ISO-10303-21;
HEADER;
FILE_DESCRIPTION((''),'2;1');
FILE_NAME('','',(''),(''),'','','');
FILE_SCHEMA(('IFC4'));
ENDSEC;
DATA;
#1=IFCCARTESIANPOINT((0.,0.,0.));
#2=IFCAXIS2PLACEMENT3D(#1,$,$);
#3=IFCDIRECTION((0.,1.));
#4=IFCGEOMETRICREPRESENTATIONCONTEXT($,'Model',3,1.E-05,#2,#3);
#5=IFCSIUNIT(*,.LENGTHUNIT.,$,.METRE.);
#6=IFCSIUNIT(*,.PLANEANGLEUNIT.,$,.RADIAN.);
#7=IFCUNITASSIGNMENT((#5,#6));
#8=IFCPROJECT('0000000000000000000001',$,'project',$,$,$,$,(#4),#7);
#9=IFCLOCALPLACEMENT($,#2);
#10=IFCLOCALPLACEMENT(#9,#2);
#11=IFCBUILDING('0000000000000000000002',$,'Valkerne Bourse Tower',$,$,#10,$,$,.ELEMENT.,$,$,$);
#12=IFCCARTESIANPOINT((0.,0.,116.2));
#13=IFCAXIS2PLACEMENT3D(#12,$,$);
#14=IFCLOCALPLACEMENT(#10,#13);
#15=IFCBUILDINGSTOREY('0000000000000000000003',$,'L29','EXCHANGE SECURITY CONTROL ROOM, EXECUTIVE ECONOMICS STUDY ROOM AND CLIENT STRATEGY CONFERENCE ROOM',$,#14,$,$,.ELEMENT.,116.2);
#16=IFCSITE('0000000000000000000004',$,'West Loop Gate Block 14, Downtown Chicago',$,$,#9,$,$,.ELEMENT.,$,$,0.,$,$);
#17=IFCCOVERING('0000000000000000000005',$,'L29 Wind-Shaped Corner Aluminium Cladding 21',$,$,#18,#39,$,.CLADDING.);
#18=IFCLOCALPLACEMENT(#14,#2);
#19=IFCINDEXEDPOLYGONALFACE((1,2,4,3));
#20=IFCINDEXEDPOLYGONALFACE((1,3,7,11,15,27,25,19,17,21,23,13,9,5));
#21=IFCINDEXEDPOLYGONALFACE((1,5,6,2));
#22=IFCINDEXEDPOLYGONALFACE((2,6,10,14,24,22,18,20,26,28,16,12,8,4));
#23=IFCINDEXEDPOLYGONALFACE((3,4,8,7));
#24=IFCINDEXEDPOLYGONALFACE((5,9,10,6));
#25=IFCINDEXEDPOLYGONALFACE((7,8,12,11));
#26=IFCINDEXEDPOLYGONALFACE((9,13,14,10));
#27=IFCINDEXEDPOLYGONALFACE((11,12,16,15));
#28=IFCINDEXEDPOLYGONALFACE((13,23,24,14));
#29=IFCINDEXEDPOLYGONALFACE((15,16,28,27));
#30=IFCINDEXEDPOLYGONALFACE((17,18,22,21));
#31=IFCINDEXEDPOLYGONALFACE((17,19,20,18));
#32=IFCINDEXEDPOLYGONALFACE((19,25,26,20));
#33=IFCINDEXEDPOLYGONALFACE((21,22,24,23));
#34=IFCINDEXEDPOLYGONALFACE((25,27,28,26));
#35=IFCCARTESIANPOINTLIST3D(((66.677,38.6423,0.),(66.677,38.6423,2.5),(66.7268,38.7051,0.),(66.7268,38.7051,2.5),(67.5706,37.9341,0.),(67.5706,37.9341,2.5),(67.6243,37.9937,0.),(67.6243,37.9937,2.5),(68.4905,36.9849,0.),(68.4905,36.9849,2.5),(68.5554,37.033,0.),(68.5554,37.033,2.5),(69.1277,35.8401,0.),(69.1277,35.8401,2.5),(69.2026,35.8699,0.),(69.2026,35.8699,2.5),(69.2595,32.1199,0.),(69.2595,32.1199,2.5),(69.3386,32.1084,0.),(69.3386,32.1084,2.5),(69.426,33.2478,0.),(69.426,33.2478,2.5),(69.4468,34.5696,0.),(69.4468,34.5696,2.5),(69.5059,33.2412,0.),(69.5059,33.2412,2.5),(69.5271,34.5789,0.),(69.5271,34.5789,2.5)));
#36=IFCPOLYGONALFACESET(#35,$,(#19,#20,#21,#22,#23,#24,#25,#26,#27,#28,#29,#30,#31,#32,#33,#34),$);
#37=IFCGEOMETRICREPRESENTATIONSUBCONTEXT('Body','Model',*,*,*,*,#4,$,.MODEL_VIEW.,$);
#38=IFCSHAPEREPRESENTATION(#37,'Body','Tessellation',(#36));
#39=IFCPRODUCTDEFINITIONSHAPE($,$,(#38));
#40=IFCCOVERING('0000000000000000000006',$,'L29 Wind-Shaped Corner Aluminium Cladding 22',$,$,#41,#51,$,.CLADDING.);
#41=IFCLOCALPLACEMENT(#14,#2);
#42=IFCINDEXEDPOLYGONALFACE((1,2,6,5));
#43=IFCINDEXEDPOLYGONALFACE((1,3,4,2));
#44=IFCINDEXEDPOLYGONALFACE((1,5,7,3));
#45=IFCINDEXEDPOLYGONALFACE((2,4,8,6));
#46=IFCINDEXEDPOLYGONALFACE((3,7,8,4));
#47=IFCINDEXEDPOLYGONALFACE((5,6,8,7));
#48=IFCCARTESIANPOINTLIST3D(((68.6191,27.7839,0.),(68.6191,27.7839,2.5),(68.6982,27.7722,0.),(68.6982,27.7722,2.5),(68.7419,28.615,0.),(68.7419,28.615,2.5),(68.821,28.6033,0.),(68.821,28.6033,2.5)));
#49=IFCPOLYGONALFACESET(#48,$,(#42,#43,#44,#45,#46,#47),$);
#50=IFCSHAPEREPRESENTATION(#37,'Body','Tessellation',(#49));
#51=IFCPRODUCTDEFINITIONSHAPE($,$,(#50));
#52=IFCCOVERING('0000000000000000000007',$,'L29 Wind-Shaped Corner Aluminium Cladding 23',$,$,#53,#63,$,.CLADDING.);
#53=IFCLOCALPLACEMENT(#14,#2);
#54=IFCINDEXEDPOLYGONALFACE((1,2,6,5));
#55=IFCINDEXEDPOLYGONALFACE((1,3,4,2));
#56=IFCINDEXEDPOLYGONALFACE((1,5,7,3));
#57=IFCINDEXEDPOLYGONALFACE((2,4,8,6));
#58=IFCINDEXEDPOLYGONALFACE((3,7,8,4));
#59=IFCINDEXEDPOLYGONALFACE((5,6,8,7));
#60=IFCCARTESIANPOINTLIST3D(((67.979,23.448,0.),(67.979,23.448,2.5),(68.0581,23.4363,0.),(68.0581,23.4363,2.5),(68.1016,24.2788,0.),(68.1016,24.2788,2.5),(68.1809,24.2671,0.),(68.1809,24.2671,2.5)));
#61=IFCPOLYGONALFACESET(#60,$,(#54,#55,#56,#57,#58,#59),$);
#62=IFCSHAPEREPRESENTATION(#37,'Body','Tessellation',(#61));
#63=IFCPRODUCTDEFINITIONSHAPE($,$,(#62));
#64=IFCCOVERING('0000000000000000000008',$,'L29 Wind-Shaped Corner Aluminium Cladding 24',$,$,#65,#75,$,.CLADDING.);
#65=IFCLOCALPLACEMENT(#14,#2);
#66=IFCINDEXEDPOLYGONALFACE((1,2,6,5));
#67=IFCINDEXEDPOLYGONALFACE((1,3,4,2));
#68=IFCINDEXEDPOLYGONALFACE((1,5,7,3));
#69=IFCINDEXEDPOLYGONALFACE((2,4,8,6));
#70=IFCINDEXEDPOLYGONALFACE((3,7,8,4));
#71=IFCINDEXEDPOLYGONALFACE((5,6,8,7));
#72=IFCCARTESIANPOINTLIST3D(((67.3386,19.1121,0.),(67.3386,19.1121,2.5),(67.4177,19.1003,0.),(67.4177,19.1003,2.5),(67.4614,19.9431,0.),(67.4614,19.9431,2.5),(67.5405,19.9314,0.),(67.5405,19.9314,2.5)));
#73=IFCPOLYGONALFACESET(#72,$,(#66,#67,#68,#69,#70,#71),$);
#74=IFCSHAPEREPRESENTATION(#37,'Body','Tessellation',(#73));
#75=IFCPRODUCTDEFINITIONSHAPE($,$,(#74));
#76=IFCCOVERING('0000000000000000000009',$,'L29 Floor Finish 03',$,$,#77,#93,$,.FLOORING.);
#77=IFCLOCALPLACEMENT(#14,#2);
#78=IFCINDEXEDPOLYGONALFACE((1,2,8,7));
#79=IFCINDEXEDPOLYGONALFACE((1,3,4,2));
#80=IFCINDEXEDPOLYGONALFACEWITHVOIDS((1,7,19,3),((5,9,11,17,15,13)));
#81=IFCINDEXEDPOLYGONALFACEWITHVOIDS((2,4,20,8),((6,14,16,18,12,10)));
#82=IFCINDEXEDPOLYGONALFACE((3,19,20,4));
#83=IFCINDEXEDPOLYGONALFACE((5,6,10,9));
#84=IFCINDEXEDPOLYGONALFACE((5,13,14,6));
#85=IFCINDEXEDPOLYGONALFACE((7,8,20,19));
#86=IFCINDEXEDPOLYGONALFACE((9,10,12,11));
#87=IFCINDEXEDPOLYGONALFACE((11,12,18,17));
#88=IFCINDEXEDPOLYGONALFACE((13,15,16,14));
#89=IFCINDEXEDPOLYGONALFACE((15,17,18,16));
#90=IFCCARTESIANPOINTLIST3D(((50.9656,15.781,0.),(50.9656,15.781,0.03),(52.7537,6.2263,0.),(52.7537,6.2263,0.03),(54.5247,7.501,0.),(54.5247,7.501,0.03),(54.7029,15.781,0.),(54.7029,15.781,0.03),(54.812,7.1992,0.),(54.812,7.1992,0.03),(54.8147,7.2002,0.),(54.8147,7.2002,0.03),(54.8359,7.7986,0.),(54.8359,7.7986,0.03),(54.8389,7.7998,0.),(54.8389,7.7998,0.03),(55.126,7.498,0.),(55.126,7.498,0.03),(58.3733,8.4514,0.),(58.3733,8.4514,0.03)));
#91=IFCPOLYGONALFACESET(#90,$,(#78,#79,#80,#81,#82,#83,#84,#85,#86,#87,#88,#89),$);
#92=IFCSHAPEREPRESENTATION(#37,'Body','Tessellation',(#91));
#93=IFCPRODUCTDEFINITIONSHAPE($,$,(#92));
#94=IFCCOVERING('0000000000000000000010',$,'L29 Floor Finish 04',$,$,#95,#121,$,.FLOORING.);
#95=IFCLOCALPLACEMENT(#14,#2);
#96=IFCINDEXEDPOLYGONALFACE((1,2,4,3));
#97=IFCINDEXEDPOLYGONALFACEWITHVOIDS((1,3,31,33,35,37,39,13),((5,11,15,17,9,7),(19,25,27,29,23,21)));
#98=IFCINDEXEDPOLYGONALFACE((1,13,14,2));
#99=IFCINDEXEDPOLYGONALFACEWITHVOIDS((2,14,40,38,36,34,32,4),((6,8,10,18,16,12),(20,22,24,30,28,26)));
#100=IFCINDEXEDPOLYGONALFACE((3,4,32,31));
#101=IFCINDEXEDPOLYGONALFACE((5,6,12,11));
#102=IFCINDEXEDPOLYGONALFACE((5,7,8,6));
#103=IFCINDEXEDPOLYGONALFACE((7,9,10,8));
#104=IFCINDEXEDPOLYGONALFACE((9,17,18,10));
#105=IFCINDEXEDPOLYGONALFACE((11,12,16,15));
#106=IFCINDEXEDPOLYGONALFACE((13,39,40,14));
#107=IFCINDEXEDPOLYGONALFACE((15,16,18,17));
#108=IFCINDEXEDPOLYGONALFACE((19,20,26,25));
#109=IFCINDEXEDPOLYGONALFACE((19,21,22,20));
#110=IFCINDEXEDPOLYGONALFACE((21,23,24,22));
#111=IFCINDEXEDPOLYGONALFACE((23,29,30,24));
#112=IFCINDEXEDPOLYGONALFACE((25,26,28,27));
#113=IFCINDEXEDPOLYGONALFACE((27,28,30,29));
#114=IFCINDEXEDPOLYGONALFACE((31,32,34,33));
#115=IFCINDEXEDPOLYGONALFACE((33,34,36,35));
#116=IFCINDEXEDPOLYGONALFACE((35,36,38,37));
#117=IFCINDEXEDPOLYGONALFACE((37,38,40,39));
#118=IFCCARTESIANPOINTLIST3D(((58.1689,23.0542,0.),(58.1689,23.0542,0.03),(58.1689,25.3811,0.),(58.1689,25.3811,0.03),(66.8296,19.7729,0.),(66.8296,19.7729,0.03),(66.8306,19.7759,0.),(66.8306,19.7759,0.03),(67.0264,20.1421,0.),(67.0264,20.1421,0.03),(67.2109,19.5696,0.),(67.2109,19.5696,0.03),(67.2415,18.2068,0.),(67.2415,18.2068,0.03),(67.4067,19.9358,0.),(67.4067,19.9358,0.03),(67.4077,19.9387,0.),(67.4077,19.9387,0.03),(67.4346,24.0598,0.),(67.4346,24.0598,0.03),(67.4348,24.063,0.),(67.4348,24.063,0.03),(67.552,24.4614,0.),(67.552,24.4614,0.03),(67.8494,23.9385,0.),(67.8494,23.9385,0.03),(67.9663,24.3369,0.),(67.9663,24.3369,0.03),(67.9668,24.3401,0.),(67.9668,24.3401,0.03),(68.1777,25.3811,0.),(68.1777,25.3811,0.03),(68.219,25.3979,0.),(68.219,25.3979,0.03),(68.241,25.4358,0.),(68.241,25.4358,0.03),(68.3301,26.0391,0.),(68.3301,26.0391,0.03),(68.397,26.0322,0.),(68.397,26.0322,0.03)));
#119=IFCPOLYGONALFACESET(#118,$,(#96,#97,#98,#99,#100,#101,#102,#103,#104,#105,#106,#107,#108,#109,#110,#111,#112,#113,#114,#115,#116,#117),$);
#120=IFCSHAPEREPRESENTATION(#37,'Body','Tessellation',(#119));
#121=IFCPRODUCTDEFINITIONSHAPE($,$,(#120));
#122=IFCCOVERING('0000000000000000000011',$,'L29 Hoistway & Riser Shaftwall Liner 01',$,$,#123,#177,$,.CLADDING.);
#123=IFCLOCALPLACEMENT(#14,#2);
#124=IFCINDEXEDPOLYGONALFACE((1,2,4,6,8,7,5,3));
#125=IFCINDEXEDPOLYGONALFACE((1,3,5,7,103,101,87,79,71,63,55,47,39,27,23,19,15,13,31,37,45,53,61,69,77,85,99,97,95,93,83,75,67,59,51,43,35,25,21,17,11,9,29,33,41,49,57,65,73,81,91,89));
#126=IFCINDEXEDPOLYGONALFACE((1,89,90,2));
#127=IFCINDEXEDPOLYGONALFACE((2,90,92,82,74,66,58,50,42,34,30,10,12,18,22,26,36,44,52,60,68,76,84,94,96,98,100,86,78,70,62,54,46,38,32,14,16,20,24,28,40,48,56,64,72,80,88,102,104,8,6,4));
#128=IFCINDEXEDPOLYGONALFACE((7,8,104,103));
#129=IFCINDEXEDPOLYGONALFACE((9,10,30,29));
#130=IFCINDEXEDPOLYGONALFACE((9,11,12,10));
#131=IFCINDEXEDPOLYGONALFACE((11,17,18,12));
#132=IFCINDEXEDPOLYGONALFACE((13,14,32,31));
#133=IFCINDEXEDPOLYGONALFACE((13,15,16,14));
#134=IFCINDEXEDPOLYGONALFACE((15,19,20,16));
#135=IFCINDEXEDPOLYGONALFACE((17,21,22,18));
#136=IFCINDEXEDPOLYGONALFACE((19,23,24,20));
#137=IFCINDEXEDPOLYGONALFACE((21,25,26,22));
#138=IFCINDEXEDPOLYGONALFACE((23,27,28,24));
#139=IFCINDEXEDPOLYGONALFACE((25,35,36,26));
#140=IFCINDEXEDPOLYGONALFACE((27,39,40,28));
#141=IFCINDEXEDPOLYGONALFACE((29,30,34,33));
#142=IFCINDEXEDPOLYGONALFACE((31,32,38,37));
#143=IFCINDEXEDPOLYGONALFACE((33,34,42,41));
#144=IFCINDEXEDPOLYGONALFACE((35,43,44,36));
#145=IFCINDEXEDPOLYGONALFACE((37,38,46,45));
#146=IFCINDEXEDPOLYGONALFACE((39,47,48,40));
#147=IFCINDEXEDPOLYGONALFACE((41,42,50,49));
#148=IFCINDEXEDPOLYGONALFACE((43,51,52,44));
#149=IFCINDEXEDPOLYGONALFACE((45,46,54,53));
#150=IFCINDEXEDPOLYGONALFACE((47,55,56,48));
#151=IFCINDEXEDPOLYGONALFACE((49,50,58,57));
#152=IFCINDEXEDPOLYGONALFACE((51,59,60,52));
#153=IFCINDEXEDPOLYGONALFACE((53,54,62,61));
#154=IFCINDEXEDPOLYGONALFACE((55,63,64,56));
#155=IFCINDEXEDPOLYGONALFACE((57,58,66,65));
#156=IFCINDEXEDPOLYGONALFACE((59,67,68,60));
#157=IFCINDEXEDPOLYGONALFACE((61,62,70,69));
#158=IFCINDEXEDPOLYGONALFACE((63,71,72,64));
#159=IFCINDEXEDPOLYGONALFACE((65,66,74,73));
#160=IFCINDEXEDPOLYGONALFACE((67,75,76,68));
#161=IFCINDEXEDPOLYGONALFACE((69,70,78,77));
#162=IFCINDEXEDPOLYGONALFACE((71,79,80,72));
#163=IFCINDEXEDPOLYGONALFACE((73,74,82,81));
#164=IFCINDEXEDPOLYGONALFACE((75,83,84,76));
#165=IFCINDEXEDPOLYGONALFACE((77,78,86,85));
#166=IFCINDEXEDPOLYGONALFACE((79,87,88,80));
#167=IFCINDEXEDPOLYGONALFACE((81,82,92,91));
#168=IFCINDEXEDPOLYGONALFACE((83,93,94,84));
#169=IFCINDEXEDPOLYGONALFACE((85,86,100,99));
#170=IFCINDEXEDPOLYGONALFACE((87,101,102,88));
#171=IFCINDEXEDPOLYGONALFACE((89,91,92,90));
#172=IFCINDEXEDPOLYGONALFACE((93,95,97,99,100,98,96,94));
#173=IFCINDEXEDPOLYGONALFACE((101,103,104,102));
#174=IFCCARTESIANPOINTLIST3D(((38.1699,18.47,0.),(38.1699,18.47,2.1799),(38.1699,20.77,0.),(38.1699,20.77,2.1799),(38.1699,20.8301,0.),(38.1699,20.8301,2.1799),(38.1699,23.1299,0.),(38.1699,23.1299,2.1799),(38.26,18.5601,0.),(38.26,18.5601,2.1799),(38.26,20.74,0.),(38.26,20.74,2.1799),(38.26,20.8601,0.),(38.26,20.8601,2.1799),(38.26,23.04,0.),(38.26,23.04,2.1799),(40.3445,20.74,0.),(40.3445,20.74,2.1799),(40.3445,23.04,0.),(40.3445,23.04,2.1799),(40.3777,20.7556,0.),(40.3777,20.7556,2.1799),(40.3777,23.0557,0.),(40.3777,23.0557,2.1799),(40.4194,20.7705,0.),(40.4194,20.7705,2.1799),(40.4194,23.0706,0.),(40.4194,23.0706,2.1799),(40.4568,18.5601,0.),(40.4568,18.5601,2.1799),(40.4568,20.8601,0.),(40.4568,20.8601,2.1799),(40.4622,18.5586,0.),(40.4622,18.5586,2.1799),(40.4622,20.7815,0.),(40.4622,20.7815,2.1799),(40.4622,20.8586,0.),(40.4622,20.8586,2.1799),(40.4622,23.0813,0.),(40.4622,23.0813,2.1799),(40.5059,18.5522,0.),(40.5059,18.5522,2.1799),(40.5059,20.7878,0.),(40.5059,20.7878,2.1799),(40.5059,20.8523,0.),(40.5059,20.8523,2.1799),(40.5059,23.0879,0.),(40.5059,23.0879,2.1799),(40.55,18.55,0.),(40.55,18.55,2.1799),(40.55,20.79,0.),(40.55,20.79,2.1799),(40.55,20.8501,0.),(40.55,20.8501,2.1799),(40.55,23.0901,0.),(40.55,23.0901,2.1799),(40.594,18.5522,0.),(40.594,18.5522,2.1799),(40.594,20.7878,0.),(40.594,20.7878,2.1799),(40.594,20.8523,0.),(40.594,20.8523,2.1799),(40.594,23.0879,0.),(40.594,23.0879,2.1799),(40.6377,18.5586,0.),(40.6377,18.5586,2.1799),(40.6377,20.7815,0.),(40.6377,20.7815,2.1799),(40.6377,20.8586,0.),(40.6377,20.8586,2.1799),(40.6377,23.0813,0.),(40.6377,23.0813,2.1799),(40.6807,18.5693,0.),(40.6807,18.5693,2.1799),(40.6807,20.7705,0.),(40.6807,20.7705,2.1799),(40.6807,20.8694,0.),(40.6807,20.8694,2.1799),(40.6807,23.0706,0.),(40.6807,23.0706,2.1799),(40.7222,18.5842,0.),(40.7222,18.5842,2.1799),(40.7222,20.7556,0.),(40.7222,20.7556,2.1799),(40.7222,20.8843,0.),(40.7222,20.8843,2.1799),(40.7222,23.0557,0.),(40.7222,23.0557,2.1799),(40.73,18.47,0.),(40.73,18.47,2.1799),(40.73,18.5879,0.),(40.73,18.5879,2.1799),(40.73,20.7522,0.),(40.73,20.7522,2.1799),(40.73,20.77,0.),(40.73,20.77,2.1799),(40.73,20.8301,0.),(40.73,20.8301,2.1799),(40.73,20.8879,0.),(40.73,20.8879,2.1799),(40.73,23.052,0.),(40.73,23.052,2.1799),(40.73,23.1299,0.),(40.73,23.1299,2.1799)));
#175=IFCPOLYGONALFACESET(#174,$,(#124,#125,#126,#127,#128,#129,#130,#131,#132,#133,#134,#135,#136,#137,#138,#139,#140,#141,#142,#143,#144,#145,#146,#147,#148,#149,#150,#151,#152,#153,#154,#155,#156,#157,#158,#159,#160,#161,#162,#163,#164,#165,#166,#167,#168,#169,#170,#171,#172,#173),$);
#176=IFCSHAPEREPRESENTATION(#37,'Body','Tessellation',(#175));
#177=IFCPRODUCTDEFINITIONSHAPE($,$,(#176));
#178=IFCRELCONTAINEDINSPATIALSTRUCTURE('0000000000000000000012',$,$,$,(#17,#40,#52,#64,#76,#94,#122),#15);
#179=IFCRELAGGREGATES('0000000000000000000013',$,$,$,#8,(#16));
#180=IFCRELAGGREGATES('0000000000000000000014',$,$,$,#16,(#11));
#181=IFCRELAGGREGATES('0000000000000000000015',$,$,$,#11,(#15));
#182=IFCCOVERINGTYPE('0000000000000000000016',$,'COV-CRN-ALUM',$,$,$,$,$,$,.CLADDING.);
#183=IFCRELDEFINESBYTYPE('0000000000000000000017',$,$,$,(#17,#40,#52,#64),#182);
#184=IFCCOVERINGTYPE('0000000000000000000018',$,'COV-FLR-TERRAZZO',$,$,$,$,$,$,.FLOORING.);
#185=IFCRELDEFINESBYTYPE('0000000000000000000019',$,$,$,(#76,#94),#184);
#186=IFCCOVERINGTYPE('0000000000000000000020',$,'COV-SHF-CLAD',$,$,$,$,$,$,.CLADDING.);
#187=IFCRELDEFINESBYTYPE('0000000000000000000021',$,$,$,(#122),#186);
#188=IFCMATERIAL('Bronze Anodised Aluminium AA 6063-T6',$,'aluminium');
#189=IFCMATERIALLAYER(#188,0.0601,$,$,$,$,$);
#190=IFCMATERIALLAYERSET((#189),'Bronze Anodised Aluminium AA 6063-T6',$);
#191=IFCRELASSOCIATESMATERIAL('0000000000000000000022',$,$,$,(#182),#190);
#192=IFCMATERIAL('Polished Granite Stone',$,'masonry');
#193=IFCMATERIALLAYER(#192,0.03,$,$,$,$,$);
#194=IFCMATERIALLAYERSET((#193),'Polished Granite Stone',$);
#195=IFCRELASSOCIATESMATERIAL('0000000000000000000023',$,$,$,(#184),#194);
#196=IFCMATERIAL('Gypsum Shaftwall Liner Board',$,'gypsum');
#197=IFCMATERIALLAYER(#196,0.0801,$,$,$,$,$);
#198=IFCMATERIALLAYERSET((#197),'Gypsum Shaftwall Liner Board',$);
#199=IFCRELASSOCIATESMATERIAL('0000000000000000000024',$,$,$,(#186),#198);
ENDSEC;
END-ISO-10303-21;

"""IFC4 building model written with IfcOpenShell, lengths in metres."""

from ifc_helpers import new_model, si_unit, direction, frame, origin, place, context, subcontext, project, spatial, polyline, outline, extrude, material, layer, layer_set, type_object, element, save


model = new_model("IFC4")

# Units and contexts
model_context = context("Model", 3, precision=1e-05, world=origin(), true_north=direction((0.0, 1.0)))
body_context = subcontext(model_context, "Body", "Model", "MODEL_VIEW")
ifc_project = project(units=[si_unit("LENGTHUNIT", "METRE"), si_unit("PLANEANGLEUNIT", "RADIAN")], contexts=[model_context])

# Site, building, storey
site_placement = place(None, origin())
site = spatial("IfcSite", under=ifc_project, at=site_placement, Name="West Loop Gate Block 14, Downtown Chicago", CompositionType="ELEMENT", RefElevation=0.0)
building_placement = place(site_placement, origin())
building = spatial("IfcBuilding", under=site, at=building_placement, Name="Valkerne Bourse Tower", CompositionType="ELEMENT")
storey_placement = place(building_placement, frame((0.0, 0.0, 116.2)))
storey = spatial("IfcBuildingStorey", under=building, at=storey_placement, Name="L29", Description="EXCHANGE SECURITY CONTROL ROOM, EXECUTIVE ECONOMICS STUDY ROOM AND CLIENT STRATEGY CONFERENCE ROOM", CompositionType="ELEMENT", Elevation=116.2)

# Coverings
ifc_material_1 = material(Name="Bronze Anodised Aluminium AA 6063-T6", Category="aluminium")
ifc_layer_1 = layer(ifc_material_1, 0.0601)
ifc_layer_set_1 = layer_set([ifc_layer_1], Name="Bronze Anodised Aluminium AA 6063-T6")
covering_type_1 = type_object("IfcCoveringType", Name="COV-CRN-ALUM", PredefinedType="CLADDING", material=ifc_layer_set_1)
covering_1_placement = place(storey_placement, origin())
element("IfcCovering", 1, at=covering_1_placement, inside=storey, type_object=covering_type_1, Name="L29 Wind-Shaped Corner Aluminium Cladding 21", PredefinedType="CLADDING", context=body_context, shape_type="SweptSolid", body=[
    extrude(outline(polyline([(67.6243, 37.9937), (68.5554, 37.033), (69.2026, 35.8699), (69.5271, 34.5789), (69.5059, 33.2412), (69.3386, 32.1084), (69.2595, 32.1199), (69.426, 33.2478), (69.4468, 34.5696), (69.1277, 35.8401), (68.4905, 36.9849), (67.5706, 37.9341), (66.677, 38.6423), (66.7268, 38.7051), (67.6243, 37.9937)])), origin(), (0.0, 0.0, 1.0), 2.5),
])
covering_2_placement = place(storey_placement, origin())
element("IfcCovering", 2, at=covering_2_placement, inside=storey, type_object=covering_type_1, Name="L29 Wind-Shaped Corner Aluminium Cladding 22", PredefinedType="CLADDING", context=body_context, shape_type="SweptSolid", body=[
    extrude(outline(polyline([(68.6982, 27.7722), (68.6191, 27.7839), (68.7419, 28.615), (68.821, 28.6033), (68.6982, 27.7722)])), origin(), (0.0, 0.0, 1.0), 2.5),
])
covering_3_placement = place(storey_placement, origin())
element("IfcCovering", 3, at=covering_3_placement, inside=storey, type_object=covering_type_1, Name="L29 Wind-Shaped Corner Aluminium Cladding 23", PredefinedType="CLADDING", context=body_context, shape_type="SweptSolid", body=[
    extrude(outline(polyline([(68.0581, 23.4363), (67.979, 23.448), (68.1016, 24.2788), (68.1809, 24.2671), (68.0581, 23.4363)])), origin(), (0.0, 0.0, 1.0), 2.5),
])
covering_4_placement = place(storey_placement, origin())
element("IfcCovering", 4, at=covering_4_placement, inside=storey, type_object=covering_type_1, Name="L29 Wind-Shaped Corner Aluminium Cladding 24", PredefinedType="CLADDING", context=body_context, shape_type="SweptSolid", body=[
    extrude(outline(polyline([(67.4177, 19.1003), (67.3386, 19.1121), (67.4614, 19.9431), (67.5405, 19.9314), (67.4177, 19.1003)])), origin(), (0.0, 0.0, 1.0), 2.5),
])
ifc_material_2 = material(Name="Polished Granite Stone", Category="masonry")
ifc_layer_2 = layer(ifc_material_2, 0.03)
ifc_layer_set_2 = layer_set([ifc_layer_2], Name="Polished Granite Stone")
covering_type_2 = type_object("IfcCoveringType", Name="COV-FLR-TERRAZZO", PredefinedType="FLOORING", material=ifc_layer_set_2)
covering_5_placement = place(storey_placement, origin())
element("IfcCovering", 5, at=covering_5_placement, inside=storey, type_object=covering_type_2, Name="L29 Floor Finish 03", PredefinedType="FLOORING", context=body_context, shape_type="SweptSolid", body=[
    extrude(outline(polyline([(54.7029, 15.781), (58.3733, 8.4514), (52.7537, 6.2263), (50.9656, 15.781), (54.7029, 15.781)]), holes=[polyline([(55.126, 7.498), (54.8389, 7.7998), (54.8359, 7.7986), (54.5247, 7.501), (54.812, 7.1992), (54.8147, 7.2002), (55.126, 7.498)])]), origin(), (0.0, 0.0, 1.0), 0.03),
])
covering_6_placement = place(storey_placement, origin())
element("IfcCovering", 6, at=covering_6_placement, inside=storey, type_object=covering_type_2, Name="L29 Floor Finish 04", PredefinedType="FLOORING", context=body_context, shape_type="SweptSolid", body=[
    extrude(outline(polyline([(58.1689, 25.3811), (68.1777, 25.3811), (68.219, 25.3979), (68.241, 25.4358), (68.3301, 26.0391), (68.397, 26.0322), (67.2415, 18.2068), (58.1689, 23.0542), (58.1689, 25.3811)]), holes=[polyline([(67.4077, 19.9387), (67.0264, 20.1421), (66.8306, 19.7759), (66.8296, 19.7729), (67.2109, 19.5696), (67.4067, 19.9358), (67.4077, 19.9387)]), polyline([(67.9668, 24.3401), (67.552, 24.4614), (67.4348, 24.063), (67.4346, 24.0598), (67.8494, 23.9385), (67.9663, 24.3369), (67.9668, 24.3401)])]), origin(), (0.0, 0.0, 1.0), 0.03),
])
ifc_material_3 = material(Name="Gypsum Shaftwall Liner Board", Category="gypsum")
ifc_layer_3 = layer(ifc_material_3, 0.0801)
ifc_layer_set_3 = layer_set([ifc_layer_3], Name="Gypsum Shaftwall Liner Board")
covering_type_3 = type_object("IfcCoveringType", Name="COV-SHF-CLAD", PredefinedType="CLADDING", material=ifc_layer_set_3)
covering_7_placement = place(storey_placement, origin())
element("IfcCovering", 7, at=covering_7_placement, inside=storey, type_object=covering_type_3, Name="L29 Hoistway & Riser Shaftwall Liner 01", PredefinedType="CLADDING", context=body_context, shape_type="SweptSolid", body=[
    extrude(outline(polyline([(38.1699, 23.1299), (40.73, 23.1299), (40.73, 23.052), (40.7222, 23.0557), (40.6807, 23.0706), (40.6377, 23.0813), (40.594, 23.0879), (40.55, 23.0901), (40.5059, 23.0879), (40.4622, 23.0813), (40.4194, 23.0706), (40.3777, 23.0557), (40.3445, 23.04), (38.26, 23.04), (38.26, 20.8601), (40.4568, 20.8601), (40.4622, 20.8586), (40.5059, 20.8523), (40.55, 20.8501), (40.594, 20.8523), (40.6377, 20.8586), (40.6807, 20.8694), (40.7222, 20.8843), (40.73, 20.8879), (40.73, 20.8301), (40.73, 20.77), (40.73, 20.7522), (40.7222, 20.7556), (40.6807, 20.7705), (40.6377, 20.7815), (40.594, 20.7878), (40.55, 20.79), (40.5059, 20.7878), (40.4622, 20.7815), (40.4194, 20.7705), (40.3777, 20.7556), (40.3445, 20.74), (38.26, 20.74), (38.26, 18.5601), (40.4568, 18.5601), (40.4622, 18.5586), (40.5059, 18.5522), (40.55, 18.55), (40.594, 18.5522), (40.6377, 18.5586), (40.6807, 18.5693), (40.7222, 18.5842), (40.73, 18.5879), (40.73, 18.47), (38.1699, 18.47), (38.1699, 20.77), (38.1699, 20.8301), (38.1699, 23.1299)])), origin(), (0.0, 0.0, 1.0), 2.1799),
])

save(model, "model.ifc")
